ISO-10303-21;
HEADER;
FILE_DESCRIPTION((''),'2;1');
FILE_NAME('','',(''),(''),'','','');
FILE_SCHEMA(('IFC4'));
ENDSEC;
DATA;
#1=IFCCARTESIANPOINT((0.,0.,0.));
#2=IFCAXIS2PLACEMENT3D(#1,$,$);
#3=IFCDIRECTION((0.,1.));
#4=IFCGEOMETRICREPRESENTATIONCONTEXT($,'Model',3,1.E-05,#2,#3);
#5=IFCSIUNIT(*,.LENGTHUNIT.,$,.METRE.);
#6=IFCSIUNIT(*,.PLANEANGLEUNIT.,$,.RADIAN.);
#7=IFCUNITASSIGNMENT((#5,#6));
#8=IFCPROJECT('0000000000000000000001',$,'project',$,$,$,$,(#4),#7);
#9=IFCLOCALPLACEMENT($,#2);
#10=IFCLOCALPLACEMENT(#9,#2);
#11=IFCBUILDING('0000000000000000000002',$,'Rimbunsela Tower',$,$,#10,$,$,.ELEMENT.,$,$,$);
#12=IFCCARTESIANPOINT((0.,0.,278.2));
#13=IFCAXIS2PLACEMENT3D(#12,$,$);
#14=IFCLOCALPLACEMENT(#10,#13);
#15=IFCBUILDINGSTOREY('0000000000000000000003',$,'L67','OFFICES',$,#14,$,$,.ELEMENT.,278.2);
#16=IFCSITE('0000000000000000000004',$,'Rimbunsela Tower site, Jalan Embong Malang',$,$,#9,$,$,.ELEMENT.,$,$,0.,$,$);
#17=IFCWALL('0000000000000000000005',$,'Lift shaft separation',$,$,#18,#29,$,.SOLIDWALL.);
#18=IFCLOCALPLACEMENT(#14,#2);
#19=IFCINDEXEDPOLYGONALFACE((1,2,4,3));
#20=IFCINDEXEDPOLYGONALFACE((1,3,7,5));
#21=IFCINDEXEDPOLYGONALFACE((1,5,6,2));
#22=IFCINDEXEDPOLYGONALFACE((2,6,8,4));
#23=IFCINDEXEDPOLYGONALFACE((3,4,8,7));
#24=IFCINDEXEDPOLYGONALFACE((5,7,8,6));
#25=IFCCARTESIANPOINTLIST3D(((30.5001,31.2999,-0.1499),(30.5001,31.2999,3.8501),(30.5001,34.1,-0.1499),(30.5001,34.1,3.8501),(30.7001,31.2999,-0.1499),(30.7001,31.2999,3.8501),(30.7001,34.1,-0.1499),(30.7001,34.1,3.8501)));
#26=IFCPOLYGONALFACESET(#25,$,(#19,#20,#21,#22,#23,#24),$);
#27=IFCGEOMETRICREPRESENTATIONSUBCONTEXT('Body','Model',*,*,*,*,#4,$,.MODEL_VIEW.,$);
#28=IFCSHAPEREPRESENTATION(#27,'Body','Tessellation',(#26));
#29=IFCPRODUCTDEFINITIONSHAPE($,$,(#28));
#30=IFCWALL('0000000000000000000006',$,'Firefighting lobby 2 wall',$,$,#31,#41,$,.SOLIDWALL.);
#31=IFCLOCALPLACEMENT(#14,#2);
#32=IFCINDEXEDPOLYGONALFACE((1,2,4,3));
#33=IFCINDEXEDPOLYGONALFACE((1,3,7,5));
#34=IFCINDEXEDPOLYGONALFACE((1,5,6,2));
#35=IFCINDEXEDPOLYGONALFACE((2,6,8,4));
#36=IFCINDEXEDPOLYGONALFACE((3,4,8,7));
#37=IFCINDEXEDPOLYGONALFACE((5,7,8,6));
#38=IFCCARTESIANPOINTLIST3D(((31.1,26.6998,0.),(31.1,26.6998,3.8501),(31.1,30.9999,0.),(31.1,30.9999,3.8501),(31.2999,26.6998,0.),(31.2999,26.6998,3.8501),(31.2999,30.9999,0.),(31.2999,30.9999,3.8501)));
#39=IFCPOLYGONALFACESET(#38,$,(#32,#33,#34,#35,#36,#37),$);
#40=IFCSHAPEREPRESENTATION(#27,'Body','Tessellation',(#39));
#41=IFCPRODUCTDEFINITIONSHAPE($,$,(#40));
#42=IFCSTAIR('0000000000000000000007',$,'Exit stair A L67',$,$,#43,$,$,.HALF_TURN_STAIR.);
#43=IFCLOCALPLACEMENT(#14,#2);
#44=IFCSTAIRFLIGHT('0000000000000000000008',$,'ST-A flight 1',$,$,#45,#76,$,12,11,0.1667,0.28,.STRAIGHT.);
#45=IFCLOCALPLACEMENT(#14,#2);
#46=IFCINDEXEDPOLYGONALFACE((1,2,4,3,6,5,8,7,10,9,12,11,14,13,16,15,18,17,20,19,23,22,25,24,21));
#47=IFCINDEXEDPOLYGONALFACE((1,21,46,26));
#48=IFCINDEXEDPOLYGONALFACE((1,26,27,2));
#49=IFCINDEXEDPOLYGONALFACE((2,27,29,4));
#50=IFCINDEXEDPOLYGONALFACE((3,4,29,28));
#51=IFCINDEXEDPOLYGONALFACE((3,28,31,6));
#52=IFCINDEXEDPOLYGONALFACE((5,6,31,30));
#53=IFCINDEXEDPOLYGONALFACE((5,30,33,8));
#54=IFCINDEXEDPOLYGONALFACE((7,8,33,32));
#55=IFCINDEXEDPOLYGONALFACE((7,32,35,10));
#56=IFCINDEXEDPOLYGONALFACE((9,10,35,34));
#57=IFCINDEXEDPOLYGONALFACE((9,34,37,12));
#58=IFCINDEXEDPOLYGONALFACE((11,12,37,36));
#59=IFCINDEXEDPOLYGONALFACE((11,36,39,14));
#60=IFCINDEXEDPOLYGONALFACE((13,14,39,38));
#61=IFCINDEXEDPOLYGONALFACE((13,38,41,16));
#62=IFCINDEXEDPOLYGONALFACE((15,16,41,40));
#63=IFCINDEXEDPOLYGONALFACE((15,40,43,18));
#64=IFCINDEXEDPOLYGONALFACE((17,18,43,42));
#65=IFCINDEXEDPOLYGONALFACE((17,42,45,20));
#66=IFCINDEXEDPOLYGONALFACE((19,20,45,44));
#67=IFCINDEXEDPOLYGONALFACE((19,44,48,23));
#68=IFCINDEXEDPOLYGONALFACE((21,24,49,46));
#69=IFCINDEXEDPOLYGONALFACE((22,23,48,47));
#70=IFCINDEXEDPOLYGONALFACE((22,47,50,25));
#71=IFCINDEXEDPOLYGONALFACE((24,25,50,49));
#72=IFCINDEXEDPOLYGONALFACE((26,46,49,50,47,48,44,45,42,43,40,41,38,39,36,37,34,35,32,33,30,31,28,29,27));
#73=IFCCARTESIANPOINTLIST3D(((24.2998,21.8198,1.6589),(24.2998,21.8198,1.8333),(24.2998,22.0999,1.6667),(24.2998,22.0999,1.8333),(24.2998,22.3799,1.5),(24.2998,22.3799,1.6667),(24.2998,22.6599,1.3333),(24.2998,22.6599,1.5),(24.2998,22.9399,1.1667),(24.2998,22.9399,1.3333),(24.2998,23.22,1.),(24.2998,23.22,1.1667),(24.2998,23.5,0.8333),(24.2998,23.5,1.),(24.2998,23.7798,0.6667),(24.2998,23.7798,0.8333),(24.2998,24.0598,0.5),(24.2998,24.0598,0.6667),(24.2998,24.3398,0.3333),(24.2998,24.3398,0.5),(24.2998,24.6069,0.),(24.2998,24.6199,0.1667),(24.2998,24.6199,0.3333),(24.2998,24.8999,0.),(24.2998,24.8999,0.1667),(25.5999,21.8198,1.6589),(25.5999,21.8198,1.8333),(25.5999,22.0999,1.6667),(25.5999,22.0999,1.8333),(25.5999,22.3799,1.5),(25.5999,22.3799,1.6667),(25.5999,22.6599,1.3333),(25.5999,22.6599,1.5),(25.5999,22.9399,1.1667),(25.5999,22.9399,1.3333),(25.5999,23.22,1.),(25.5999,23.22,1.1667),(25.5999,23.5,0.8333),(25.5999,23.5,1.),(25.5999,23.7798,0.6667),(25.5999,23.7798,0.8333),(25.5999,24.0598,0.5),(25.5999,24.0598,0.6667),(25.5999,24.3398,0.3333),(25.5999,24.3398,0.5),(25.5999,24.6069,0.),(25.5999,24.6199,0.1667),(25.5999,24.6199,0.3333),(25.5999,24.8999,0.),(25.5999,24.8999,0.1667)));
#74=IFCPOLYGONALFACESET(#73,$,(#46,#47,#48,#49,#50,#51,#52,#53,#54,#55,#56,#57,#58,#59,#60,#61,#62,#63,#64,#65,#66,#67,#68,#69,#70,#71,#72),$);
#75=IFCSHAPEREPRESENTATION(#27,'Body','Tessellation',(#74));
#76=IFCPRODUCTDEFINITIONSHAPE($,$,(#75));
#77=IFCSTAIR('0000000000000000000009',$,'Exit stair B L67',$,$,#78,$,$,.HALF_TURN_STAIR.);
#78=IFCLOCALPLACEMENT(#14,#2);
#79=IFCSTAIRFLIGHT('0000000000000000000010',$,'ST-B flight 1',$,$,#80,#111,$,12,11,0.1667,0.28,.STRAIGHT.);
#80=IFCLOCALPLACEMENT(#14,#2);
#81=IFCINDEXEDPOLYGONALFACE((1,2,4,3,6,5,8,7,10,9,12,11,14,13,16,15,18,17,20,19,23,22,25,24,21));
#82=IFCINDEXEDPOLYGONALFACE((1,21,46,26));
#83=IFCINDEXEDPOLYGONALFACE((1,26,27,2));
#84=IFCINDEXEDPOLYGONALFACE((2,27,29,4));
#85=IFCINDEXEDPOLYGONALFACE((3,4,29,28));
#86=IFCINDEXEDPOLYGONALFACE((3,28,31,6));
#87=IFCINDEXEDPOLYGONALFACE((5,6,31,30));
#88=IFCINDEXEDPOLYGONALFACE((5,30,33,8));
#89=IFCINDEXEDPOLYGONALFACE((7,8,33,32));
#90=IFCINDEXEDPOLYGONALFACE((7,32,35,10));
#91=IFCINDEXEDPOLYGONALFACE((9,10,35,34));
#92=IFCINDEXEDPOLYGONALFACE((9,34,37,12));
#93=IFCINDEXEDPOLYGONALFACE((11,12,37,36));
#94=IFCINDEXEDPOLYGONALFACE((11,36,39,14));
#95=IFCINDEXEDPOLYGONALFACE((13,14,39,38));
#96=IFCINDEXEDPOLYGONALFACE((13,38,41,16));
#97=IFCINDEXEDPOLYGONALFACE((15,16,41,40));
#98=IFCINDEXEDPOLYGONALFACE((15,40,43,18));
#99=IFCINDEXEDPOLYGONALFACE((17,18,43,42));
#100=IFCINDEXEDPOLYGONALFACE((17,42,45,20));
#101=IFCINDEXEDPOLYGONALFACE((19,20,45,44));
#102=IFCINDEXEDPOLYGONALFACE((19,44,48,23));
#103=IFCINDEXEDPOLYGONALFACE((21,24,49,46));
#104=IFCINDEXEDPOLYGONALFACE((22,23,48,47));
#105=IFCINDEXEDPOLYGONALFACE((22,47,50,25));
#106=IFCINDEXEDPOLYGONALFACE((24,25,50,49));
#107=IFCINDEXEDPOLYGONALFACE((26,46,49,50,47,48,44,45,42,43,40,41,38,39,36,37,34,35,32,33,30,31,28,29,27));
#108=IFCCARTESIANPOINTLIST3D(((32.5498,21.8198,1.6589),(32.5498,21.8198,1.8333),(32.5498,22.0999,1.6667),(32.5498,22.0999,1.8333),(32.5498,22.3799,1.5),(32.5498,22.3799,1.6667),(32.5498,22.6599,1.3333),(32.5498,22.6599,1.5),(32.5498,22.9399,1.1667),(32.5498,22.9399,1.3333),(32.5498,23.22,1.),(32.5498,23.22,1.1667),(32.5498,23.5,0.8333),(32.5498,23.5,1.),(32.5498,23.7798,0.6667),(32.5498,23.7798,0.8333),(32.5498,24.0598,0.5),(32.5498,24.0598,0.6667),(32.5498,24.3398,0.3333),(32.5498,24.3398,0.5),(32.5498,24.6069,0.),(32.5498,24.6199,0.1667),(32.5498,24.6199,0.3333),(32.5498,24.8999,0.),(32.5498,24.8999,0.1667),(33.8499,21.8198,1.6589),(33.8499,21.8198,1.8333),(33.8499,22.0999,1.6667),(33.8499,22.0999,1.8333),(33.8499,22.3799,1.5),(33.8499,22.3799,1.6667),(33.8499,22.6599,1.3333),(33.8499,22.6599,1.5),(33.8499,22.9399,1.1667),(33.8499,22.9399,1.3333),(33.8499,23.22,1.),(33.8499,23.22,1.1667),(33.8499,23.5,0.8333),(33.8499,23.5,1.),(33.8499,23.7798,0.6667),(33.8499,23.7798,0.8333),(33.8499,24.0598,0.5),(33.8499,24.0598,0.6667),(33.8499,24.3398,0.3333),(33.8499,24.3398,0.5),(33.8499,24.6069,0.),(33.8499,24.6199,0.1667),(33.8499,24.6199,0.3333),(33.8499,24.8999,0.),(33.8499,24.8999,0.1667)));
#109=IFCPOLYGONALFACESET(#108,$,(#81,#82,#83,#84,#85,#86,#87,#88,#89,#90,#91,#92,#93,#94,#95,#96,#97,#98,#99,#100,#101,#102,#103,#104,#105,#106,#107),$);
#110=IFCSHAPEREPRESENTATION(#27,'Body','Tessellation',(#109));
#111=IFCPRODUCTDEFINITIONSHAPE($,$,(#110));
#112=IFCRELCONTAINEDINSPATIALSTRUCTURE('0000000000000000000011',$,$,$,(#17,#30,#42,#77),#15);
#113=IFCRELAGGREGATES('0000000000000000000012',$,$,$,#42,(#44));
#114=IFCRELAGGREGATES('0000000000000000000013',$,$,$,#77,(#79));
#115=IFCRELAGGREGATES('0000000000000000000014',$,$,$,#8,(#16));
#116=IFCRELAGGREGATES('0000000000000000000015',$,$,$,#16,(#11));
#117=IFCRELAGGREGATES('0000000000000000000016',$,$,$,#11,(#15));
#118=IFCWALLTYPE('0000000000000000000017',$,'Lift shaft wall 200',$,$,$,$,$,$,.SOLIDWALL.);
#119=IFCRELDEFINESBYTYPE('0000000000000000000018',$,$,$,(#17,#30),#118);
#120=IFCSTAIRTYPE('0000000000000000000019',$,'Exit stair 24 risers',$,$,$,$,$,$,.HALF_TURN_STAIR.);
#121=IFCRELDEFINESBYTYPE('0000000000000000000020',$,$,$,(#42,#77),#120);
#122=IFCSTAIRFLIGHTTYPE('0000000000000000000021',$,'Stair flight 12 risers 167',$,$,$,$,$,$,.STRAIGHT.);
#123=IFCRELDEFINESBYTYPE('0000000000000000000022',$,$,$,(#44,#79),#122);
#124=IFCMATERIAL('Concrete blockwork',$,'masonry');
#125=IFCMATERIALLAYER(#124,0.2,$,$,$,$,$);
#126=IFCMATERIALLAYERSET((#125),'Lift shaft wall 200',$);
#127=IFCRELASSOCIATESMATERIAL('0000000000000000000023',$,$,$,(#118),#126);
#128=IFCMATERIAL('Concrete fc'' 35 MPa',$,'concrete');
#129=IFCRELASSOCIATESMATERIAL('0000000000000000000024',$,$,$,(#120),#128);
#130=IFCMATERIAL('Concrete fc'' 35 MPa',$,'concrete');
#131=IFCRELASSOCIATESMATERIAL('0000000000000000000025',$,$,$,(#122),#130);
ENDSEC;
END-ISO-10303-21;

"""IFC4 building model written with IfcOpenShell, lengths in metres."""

from ifc_helpers import new_model, si_unit, direction, frame, frame_2d, origin, place, context, subcontext, project, spatial, polyline, rectangle, outline, extrude, material, layer, layer_set, type_object, element, aggregate, save


model = new_model("IFC4")

# Units and contexts
model_context = context("Model", 3, precision=1e-05, world=origin(), true_north=direction((0.0, 1.0)))
body_context = subcontext(model_context, "Body", "Model", "MODEL_VIEW")
ifc_project = project(units=[si_unit("LENGTHUNIT", "METRE"), si_unit("PLANEANGLEUNIT", "RADIAN")], contexts=[model_context])

# Site, building, storey
site_placement = place(None, origin())
site = spatial("IfcSite", under=ifc_project, at=site_placement, Name="Rimbunsela Tower site, Jalan Embong Malang", CompositionType="ELEMENT", RefElevation=0.0)
building_placement = place(site_placement, origin())
building = spatial("IfcBuilding", under=site, at=building_placement, Name="Rimbunsela Tower", CompositionType="ELEMENT")
storey_placement = place(building_placement, frame((0.0, 0.0, 278.2)))
storey = spatial("IfcBuildingStorey", under=building, at=storey_placement, Name="L67", Description="OFFICES", CompositionType="ELEMENT", Elevation=278.2)

# Walls
ifc_material_1 = material(Name="Concrete blockwork", Category="masonry")
ifc_layer_1 = layer(ifc_material_1, 0.2)
ifc_layer_set_1 = layer_set([ifc_layer_1], Name="Lift shaft wall 200")
wall_type_1 = type_object("IfcWallType", Name="Lift shaft wall 200", PredefinedType="SOLIDWALL", material=ifc_layer_set_1)
for number, where, z_axis, x_axis, name in (
    (1, (30.6001, 31.3, -0.1499), (0.0, 0.0, 1.0), (0.0, 1.0, 0.0), "Lift shaft separation"),
):
    element("IfcWall", number, at=place(storey_placement, frame(where, z_axis=z_axis, x_axis=x_axis)), inside=storey, type_object=wall_type_1, Name=name, PredefinedType="SOLIDWALL", context=body_context, shape_type="SweptSolid", body=[
        extrude(rectangle(XDim=2.8, YDim=0.2, at=frame_2d((1.3999, 0.0))), origin(), (0.0, 0.0, 1.0), 4.0),
    ])
wall_1_placement = place(storey_placement, frame((31.2, 26.7, 0.0), z_axis=(0.0, 0.0, 1.0), x_axis=(0.0, 1.0, 0.0)))
element("IfcWall", 2, at=wall_1_placement, inside=storey, type_object=wall_type_1, Name="Firefighting lobby 2 wall", PredefinedType="SOLIDWALL", context=body_context, shape_type="SweptSolid", body=[
    extrude(rectangle(XDim=4.3, YDim=0.2, at=frame_2d((2.1499, 0.0))), origin(), (0.0, 0.0, 1.0), 3.8501),
])

# Stairs, stair flights
ifc_material_2 = material(Name="Concrete fc' 35 MPa", Category="concrete")
stair_type = type_object("IfcStairType", Name="Exit stair 24 risers", PredefinedType="HALF_TURN_STAIR", material=ifc_material_2)
stair_1_placement = place(storey_placement, origin())
stair_1 = element("IfcStair", 3, at=stair_1_placement, inside=storey, type_object=stair_type, Name="Exit stair A L67", PredefinedType="HALF_TURN_STAIR")
ifc_material_3 = material(Name="Concrete fc' 35 MPa", Category="concrete")
stair_flight_type = type_object("IfcStairFlightType", Name="Stair flight 12 risers 167", PredefinedType="STRAIGHT", material=ifc_material_3)
stair_flight_1_placement = place(storey_placement, frame((24.95, 24.8999, 0.0), z_axis=(0.0, 0.0, 1.0), x_axis=(0.0, -1.0, 0.0)))
stair_flight_1 = element("IfcStairFlight", 4, at=stair_flight_1_placement, type_object=stair_flight_type, Name="ST-A flight 1", NumberOfRisers=12, NumberOfTreads=11, PredefinedType="STRAIGHT", RiserHeight=0.1667, TreadLength=0.28, context=body_context, shape_type="SweptSolid", body=[
    extrude(outline(polyline([(0.0, 0.0), (0.0, 0.1667), (0.28, 0.1667), (0.28, 0.3333), (0.5601, 0.3333), (0.5601, 0.5), (0.8401, 0.5), (0.8401, 0.6667), (1.1201, 0.6667), (1.1201, 0.8333), (1.3999, 0.8333), (1.3999, 1.0), (1.6799, 1.0), (1.6799, 1.1667), (1.96, 1.1667), (1.96, 1.3333), (2.24, 1.3333), (2.24, 1.5), (2.52, 1.5), (2.52, 1.6667), (2.8, 1.6667), (2.8, 1.8333), (3.0801, 1.8333), (3.0801, 2.0), (3.0801, 1.6589), (0.293, 0.0), (0.0, 0.0)])), frame((0.0, 0.6499, 0.0), z_axis=(0.0, -1.0, 0.0), x_axis=(1.0, 0.0, 0.0)), (0.0, 0.0, 1.0), 1.3),
])
aggregate(stair_1, [stair_flight_1])
stair_2_placement = place(storey_placement, origin())
stair_2 = element("IfcStair", 5, at=stair_2_placement, inside=storey, type_object=stair_type, Name="Exit stair B L67", PredefinedType="HALF_TURN_STAIR")
stair_flight_2_placement = place(storey_placement, frame((33.2, 24.8999, 0.0), z_axis=(0.0, 0.0, 1.0), x_axis=(0.0, -1.0, 0.0)))
stair_flight_2 = element("IfcStairFlight", 6, at=stair_flight_2_placement, type_object=stair_flight_type, Name="ST-B flight 1", NumberOfRisers=12, NumberOfTreads=11, PredefinedType="STRAIGHT", RiserHeight=0.1667, TreadLength=0.28, context=body_context, shape_type="SweptSolid", body=[
    extrude(outline(polyline([(0.0, 0.0), (0.0, 0.1667), (0.28, 0.1667), (0.28, 0.3333), (0.5601, 0.3333), (0.5601, 0.5), (0.8401, 0.5), (0.8401, 0.6667), (1.1201, 0.6667), (1.1201, 0.8333), (1.3999, 0.8333), (1.3999, 1.0), (1.6799, 1.0), (1.6799, 1.1667), (1.96, 1.1667), (1.96, 1.3333), (2.24, 1.3333), (2.24, 1.5), (2.52, 1.5), (2.52, 1.6667), (2.8, 1.6667), (2.8, 1.8333), (3.0801, 1.8333), (3.0801, 2.0), (3.0801, 1.6589), (0.293, 0.0), (0.0, 0.0)])), frame((0.0, 0.6499, 0.0), z_axis=(0.0, -1.0, 0.0), x_axis=(1.0, 0.0, 0.0)), (0.0, 0.0, 1.0), 1.3),
])
aggregate(stair_2, [stair_flight_2])

save(model, "model.ifc")
